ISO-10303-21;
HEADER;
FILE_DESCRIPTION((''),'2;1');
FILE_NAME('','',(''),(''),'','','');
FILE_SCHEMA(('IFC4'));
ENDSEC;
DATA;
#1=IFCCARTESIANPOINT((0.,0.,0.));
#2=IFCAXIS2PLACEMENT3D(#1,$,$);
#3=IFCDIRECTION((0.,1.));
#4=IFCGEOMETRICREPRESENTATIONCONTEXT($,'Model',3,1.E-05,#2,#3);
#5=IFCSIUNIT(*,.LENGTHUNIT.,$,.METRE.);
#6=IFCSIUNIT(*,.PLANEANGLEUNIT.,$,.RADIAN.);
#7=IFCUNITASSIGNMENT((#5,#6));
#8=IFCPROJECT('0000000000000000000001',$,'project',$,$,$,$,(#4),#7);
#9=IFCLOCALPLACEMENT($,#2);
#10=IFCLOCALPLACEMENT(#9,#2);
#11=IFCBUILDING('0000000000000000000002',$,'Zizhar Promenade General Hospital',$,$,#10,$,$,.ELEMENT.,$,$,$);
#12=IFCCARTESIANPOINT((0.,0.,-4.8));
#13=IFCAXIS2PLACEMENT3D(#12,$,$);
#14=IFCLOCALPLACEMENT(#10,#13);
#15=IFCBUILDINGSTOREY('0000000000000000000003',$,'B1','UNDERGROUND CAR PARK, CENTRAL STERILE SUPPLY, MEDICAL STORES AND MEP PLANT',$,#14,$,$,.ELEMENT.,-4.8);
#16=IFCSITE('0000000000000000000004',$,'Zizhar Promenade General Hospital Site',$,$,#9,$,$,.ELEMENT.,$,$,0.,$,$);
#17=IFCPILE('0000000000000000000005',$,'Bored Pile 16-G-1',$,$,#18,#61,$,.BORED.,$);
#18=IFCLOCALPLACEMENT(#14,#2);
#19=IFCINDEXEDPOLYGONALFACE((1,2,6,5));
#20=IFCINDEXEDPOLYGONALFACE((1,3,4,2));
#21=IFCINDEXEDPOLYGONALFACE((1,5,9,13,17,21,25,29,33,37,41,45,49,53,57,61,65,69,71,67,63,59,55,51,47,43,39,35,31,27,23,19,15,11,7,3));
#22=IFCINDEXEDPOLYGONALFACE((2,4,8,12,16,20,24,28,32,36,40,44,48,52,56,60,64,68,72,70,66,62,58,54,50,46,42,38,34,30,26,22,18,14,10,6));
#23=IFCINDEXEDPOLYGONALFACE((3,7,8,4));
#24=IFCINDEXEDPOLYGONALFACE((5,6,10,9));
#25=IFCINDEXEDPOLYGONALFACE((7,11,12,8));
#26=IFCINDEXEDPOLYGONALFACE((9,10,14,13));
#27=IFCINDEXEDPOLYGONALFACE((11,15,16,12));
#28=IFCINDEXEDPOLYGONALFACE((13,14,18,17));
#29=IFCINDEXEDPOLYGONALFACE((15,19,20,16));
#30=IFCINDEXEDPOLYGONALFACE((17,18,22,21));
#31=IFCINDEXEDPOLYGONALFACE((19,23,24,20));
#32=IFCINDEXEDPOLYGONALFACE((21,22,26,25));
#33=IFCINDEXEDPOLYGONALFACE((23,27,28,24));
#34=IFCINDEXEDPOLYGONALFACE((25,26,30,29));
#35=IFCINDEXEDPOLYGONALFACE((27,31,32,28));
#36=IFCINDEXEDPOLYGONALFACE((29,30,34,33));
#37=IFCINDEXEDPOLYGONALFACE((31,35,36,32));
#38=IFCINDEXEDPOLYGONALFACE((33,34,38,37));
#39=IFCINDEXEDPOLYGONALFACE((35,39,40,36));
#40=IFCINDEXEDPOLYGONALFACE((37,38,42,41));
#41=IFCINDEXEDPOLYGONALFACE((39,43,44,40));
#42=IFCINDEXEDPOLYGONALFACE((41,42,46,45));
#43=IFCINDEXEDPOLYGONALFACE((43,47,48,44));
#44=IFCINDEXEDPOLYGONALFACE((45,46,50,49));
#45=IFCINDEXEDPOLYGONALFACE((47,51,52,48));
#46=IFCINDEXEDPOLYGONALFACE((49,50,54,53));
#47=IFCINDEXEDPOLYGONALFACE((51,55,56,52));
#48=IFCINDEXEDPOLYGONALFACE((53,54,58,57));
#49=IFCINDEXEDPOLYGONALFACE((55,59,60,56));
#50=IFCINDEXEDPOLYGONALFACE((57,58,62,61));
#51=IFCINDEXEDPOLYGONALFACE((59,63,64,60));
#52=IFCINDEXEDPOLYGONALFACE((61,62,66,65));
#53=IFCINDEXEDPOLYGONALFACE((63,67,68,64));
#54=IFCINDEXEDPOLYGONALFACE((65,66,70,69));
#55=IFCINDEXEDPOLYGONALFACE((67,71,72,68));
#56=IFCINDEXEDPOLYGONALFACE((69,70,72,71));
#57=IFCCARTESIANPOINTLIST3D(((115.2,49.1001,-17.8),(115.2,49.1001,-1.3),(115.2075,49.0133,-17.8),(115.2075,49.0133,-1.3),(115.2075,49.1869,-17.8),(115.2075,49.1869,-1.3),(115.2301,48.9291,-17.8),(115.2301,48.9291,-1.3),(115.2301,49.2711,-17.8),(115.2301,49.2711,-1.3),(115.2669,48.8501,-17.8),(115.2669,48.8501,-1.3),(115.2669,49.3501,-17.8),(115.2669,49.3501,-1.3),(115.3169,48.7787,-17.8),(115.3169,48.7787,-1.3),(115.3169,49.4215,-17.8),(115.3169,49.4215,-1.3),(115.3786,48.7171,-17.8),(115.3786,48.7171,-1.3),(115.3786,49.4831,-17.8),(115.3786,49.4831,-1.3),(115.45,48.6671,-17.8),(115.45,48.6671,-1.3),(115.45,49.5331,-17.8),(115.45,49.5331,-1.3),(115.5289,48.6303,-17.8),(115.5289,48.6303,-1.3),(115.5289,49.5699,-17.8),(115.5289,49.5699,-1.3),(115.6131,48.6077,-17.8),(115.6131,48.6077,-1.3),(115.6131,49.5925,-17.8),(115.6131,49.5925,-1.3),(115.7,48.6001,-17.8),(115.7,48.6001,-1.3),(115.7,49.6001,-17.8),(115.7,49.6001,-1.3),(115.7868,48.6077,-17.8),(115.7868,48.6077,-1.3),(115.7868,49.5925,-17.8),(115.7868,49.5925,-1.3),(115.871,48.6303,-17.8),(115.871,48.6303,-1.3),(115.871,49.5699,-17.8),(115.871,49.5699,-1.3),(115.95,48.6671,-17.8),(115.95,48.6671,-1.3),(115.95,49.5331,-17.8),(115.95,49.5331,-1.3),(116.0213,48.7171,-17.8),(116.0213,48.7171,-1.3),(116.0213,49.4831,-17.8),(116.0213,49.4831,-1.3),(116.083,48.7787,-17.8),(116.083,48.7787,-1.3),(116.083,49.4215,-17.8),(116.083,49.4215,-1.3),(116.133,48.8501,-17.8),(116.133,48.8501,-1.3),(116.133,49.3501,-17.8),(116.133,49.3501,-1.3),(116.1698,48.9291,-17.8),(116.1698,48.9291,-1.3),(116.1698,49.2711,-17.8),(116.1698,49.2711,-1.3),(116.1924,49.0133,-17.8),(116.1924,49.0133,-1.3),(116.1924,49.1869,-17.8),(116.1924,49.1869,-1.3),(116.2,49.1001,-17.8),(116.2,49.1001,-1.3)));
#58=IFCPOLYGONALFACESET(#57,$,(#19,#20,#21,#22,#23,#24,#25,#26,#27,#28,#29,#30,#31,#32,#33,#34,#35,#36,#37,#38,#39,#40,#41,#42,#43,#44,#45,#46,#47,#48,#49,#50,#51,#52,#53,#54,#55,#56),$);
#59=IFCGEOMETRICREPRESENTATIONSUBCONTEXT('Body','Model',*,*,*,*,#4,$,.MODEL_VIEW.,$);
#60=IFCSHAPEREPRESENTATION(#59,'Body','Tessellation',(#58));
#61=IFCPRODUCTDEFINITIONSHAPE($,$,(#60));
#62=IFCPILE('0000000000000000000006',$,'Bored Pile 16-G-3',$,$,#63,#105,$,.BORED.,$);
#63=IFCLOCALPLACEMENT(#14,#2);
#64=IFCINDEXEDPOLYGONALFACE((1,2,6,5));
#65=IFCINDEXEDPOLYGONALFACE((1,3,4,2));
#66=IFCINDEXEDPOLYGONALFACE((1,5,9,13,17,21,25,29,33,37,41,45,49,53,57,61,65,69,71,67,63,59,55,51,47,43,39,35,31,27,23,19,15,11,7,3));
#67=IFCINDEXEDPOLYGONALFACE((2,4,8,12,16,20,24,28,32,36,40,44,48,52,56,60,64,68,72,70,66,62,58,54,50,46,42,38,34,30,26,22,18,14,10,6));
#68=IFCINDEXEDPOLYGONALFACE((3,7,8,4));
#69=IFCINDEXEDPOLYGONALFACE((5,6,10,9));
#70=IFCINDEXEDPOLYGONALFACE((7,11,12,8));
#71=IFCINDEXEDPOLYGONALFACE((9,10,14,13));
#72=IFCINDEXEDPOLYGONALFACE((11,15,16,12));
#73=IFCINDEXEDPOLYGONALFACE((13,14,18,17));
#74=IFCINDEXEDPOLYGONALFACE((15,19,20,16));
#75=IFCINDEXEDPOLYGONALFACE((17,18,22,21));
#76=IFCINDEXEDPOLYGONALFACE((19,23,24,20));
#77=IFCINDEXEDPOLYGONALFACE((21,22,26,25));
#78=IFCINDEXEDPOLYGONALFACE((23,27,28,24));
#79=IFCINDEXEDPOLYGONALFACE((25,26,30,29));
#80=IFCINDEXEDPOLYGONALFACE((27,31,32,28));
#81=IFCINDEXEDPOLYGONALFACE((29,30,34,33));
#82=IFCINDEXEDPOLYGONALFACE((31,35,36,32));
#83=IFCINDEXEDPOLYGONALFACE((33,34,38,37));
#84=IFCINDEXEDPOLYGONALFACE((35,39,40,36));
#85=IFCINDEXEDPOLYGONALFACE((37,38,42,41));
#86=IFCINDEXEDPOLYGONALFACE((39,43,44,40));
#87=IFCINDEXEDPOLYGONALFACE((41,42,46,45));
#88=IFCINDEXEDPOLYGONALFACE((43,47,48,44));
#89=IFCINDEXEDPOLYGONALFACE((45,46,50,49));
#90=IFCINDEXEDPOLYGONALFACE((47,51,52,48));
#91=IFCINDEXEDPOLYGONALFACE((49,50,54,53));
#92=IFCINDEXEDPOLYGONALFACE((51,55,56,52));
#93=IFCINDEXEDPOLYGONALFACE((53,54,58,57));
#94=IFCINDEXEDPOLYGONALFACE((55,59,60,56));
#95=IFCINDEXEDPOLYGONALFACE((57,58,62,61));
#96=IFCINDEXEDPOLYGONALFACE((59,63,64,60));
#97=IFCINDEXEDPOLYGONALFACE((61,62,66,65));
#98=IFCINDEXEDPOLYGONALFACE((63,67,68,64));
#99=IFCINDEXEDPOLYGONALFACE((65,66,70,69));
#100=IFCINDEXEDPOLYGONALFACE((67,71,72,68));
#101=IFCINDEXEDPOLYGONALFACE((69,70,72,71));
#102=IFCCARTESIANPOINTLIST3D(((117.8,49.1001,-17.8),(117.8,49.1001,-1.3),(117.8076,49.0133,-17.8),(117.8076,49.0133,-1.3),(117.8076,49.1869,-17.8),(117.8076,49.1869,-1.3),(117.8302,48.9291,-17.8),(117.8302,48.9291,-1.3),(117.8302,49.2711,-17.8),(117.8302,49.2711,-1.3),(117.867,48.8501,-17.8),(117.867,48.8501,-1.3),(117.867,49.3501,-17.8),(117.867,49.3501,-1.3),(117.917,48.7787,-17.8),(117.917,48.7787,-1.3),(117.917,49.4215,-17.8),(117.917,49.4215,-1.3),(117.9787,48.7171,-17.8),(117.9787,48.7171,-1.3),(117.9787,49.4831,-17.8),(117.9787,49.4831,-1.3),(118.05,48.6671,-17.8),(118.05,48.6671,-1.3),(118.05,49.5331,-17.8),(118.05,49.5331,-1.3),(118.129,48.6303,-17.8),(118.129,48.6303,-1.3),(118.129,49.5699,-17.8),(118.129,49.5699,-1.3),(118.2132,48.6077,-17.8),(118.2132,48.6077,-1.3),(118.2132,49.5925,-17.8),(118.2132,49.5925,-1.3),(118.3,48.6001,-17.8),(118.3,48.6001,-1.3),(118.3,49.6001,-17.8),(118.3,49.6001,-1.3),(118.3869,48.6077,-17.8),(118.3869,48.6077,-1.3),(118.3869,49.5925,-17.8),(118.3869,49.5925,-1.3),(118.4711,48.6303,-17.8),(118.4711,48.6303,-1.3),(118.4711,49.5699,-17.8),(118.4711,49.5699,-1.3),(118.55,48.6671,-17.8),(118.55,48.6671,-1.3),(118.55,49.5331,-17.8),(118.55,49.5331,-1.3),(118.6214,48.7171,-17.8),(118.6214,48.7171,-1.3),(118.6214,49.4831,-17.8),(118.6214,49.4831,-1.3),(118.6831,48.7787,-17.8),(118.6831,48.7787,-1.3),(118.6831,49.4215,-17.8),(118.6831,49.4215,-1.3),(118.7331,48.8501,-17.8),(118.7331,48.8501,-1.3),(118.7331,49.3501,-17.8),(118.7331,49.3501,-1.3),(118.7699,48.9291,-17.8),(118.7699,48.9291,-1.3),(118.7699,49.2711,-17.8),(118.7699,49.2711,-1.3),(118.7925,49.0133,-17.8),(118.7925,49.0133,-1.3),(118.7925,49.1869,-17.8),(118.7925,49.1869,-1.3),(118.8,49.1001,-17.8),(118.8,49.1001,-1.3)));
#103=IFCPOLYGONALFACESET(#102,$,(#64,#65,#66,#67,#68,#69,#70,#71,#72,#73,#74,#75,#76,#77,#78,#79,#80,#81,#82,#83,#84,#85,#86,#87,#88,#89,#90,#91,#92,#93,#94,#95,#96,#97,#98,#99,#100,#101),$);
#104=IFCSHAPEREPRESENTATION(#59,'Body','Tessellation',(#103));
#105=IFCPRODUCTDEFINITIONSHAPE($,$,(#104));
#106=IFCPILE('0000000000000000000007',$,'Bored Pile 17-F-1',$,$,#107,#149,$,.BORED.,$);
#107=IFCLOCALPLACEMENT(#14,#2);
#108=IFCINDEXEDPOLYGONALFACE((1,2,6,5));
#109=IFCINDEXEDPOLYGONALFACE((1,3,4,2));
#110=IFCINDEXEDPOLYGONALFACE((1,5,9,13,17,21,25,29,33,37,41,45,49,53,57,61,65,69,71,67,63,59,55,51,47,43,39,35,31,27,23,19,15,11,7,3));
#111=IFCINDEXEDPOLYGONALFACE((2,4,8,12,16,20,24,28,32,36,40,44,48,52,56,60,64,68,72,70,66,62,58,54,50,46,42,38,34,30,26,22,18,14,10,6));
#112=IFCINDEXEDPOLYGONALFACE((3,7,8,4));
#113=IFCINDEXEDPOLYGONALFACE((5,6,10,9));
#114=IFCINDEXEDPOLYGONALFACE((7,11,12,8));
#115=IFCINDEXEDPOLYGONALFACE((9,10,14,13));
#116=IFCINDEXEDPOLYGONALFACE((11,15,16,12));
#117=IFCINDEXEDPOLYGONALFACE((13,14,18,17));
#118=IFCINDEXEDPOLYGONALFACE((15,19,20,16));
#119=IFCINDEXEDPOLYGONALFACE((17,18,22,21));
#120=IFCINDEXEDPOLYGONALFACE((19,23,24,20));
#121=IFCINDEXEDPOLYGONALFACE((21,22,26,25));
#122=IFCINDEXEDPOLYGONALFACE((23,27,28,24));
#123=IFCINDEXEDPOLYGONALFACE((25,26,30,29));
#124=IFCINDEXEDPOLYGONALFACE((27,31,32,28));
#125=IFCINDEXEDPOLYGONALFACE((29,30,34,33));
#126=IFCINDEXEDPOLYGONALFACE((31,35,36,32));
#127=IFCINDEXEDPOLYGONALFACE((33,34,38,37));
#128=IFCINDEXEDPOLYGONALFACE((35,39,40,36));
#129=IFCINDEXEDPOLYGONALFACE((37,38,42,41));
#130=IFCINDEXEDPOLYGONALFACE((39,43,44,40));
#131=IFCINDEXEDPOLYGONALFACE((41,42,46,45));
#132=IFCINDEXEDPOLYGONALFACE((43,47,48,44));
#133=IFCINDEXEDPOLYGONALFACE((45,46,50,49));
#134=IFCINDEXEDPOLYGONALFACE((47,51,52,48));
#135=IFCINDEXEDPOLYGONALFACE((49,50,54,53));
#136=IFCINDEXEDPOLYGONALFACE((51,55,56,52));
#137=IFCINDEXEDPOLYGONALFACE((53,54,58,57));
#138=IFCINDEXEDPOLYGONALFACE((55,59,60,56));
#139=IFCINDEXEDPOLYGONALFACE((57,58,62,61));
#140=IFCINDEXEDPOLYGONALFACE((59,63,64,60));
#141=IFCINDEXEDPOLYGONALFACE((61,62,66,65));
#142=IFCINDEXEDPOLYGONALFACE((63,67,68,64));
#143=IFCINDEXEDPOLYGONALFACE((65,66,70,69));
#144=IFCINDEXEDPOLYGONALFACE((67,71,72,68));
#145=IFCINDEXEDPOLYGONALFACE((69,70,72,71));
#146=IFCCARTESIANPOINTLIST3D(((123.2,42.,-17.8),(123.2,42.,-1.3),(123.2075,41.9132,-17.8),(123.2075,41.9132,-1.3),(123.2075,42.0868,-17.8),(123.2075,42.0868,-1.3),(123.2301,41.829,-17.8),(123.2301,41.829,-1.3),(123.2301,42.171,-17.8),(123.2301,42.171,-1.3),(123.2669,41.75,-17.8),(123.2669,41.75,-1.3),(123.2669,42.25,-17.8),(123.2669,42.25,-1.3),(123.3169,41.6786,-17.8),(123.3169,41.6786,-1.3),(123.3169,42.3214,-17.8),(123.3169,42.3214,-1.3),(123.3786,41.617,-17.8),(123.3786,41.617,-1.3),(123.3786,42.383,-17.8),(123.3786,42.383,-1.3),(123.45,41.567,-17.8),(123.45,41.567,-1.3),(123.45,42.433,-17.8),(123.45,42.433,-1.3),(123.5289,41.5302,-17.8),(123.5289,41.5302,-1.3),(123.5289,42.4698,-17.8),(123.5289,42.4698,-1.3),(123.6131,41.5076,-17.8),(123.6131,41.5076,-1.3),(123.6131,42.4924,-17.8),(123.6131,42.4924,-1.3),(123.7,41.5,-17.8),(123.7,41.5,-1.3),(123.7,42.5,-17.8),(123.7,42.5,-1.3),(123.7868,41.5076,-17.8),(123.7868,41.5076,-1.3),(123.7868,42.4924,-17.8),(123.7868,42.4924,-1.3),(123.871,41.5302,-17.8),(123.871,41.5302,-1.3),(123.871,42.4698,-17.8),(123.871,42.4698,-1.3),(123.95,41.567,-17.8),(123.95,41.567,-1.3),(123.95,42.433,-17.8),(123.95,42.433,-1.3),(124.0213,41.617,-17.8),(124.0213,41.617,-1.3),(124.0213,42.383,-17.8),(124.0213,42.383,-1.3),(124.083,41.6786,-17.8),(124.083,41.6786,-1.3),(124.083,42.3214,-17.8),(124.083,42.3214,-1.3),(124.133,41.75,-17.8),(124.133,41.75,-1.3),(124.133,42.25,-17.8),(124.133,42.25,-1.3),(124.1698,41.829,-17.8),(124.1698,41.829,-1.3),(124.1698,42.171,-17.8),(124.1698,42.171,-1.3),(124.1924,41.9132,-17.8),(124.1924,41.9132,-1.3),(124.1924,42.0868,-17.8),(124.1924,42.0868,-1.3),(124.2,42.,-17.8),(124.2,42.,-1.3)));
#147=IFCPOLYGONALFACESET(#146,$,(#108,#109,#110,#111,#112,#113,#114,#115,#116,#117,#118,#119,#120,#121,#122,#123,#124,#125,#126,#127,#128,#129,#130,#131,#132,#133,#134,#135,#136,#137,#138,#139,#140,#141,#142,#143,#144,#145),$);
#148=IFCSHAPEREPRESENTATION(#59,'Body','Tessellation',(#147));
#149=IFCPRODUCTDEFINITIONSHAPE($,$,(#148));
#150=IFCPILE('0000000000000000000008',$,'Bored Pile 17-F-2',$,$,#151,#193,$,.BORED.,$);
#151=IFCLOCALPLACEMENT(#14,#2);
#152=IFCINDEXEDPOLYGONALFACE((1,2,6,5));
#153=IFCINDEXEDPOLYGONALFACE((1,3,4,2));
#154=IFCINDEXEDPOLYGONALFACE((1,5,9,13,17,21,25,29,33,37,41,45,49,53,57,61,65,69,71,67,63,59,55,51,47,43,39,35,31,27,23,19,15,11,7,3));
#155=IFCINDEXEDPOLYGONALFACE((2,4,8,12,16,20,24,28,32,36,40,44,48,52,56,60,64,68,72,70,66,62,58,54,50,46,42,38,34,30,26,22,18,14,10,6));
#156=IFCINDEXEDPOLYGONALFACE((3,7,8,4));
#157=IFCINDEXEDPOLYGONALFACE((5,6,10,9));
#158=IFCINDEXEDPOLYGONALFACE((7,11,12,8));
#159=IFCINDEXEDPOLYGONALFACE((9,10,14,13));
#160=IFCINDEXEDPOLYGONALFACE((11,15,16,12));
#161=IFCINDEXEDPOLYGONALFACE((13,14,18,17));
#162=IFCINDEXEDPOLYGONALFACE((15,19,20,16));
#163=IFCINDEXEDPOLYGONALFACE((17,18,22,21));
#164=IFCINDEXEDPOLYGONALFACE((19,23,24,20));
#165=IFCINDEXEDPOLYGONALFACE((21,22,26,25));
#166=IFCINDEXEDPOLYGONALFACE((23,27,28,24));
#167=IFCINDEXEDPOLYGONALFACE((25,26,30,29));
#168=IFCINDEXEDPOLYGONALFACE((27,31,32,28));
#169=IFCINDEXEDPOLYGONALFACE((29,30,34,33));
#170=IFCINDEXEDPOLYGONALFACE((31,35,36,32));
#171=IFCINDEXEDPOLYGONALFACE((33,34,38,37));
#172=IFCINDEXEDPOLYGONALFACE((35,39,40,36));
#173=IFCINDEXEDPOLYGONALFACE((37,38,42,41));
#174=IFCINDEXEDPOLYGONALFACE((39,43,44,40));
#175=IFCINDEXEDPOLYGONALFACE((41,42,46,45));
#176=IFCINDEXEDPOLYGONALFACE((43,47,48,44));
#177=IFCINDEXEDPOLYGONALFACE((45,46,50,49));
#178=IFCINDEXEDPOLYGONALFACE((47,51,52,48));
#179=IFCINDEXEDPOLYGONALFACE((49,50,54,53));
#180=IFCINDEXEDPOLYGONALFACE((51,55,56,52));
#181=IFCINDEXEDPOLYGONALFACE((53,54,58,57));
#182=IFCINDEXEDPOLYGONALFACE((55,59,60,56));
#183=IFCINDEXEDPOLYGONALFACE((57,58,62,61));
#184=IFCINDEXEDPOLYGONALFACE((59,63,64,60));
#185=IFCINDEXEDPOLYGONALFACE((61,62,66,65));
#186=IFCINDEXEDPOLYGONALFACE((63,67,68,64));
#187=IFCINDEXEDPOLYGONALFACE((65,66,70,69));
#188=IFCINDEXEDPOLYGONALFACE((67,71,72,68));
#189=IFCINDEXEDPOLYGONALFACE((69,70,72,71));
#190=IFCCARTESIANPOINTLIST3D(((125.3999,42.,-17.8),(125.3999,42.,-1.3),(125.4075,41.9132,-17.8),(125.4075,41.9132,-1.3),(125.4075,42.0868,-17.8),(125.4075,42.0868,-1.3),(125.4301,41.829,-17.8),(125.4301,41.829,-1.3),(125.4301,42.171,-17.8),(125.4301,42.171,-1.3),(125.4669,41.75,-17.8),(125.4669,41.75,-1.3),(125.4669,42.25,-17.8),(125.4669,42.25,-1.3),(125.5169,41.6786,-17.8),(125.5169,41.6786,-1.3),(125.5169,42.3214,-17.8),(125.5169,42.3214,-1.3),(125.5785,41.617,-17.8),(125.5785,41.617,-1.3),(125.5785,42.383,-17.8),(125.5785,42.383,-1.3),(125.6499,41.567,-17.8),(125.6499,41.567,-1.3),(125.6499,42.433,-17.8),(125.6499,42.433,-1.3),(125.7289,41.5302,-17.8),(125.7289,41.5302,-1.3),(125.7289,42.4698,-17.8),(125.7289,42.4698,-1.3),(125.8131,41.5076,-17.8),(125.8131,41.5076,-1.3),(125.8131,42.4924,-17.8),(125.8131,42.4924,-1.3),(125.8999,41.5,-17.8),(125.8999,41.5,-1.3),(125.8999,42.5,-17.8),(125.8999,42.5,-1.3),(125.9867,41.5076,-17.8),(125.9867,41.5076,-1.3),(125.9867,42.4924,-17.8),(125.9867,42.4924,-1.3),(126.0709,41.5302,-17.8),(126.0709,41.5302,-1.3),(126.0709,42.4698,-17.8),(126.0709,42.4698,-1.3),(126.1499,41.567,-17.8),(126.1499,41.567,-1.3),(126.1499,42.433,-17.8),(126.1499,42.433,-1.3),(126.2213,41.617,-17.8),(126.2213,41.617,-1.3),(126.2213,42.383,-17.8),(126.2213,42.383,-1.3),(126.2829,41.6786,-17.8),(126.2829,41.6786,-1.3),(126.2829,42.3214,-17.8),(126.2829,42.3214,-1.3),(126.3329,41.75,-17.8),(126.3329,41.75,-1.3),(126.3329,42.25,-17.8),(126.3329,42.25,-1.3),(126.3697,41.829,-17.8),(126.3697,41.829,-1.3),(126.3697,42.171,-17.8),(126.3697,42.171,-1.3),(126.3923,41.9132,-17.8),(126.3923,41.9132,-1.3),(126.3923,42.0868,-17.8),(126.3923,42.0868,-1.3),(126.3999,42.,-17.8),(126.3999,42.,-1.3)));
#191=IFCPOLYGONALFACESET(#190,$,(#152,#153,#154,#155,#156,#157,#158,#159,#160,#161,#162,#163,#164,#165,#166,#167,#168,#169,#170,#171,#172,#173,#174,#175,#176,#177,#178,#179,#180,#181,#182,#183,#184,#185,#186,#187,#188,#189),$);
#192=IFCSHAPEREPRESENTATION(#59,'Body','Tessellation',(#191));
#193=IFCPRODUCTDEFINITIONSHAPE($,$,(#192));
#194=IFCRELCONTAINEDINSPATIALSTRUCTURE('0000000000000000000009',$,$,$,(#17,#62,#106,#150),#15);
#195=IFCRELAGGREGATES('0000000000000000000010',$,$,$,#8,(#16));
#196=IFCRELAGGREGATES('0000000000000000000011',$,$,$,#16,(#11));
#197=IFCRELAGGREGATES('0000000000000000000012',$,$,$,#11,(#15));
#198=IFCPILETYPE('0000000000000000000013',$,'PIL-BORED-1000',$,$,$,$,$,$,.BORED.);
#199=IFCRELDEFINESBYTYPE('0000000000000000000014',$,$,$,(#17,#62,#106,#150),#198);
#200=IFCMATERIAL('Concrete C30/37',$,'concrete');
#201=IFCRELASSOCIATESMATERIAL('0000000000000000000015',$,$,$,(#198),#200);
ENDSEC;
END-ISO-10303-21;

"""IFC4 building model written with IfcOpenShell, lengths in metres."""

from ifc_helpers import new_model, si_unit, direction, frame, origin, origin_2d, place, context, subcontext, project, spatial, circle, extrude, material, material_profile, profile_set, type_object, element, save


model = new_model("IFC4")

# Units and contexts
model_context = context("Model", 3, precision=1e-05, world=origin(), true_north=direction((0.0, 1.0)))
body_context = subcontext(model_context, "Body", "Model", "MODEL_VIEW")
ifc_project = project(units=[si_unit("LENGTHUNIT", "METRE"), si_unit("PLANEANGLEUNIT", "RADIAN")], contexts=[model_context])

# Site, building, storey
site_placement = place(None, origin())
site = spatial("IfcSite", under=ifc_project, at=site_placement, Name="Zizhar Promenade General Hospital Site", CompositionType="ELEMENT", RefElevation=0.0)
building_placement = place(site_placement, origin())
building = spatial("IfcBuilding", under=site, at=building_placement, Name="Zizhar Promenade General Hospital", CompositionType="ELEMENT")
storey_placement = place(building_placement, frame((0.0, 0.0, -4.8)))
storey = spatial("IfcBuildingStorey", under=building, at=storey_placement, Name="B1", Description="UNDERGROUND CAR PARK, CENTRAL STERILE SUPPLY, MEDICAL STORES AND MEP PLANT", CompositionType="ELEMENT", Elevation=-4.8)

# Piles
ifc_material_1 = material(Name="Concrete C30/37", Category="concrete")
ifc_material_profile_1 = material_profile(ifc_material_1, circle(Radius=0.5, at=origin_2d()))
ifc_profile_set_1 = profile_set([ifc_material_profile_1], Name="Concrete C30/37")
pile_type = type_object("IfcPileType", Name="PIL-BORED-1000", PredefinedType="BORED", material=ifc_profile_set_1)
for number, where, z_axis, x_axis, name in (
    (1, (115.7, 49.1001, -1.3), (0.0, 0.0, -1.0), (1.0, 0.0, 0.0), "Bored Pile 16-G-1"),
    (2, (118.3, 49.1001, -1.3), (0.0, 0.0, -1.0), (1.0, 0.0, 0.0), "Bored Pile 16-G-3"),
    (3, (123.7, 42.0, -1.3), (0.0, 0.0, -1.0), (1.0, 0.0, 0.0), "Bored Pile 17-F-1"),
    (4, (125.8999, 42.0, -1.3), (0.0, 0.0, -1.0), (1.0, 0.0, 0.0), "Bored Pile 17-F-2"),
):
    element("IfcPile", number, at=place(storey_placement, frame(where, z_axis=z_axis, x_axis=x_axis)), inside=storey, type_object=pile_type, Name=name, PredefinedType="BORED", context=body_context, shape_type="SweptSolid", body=[
        extrude(circle(Radius=0.5, at=origin_2d()), origin(), (0.0, 0.0, 1.0), 16.5),
    ])

save(model, "model.ifc")
